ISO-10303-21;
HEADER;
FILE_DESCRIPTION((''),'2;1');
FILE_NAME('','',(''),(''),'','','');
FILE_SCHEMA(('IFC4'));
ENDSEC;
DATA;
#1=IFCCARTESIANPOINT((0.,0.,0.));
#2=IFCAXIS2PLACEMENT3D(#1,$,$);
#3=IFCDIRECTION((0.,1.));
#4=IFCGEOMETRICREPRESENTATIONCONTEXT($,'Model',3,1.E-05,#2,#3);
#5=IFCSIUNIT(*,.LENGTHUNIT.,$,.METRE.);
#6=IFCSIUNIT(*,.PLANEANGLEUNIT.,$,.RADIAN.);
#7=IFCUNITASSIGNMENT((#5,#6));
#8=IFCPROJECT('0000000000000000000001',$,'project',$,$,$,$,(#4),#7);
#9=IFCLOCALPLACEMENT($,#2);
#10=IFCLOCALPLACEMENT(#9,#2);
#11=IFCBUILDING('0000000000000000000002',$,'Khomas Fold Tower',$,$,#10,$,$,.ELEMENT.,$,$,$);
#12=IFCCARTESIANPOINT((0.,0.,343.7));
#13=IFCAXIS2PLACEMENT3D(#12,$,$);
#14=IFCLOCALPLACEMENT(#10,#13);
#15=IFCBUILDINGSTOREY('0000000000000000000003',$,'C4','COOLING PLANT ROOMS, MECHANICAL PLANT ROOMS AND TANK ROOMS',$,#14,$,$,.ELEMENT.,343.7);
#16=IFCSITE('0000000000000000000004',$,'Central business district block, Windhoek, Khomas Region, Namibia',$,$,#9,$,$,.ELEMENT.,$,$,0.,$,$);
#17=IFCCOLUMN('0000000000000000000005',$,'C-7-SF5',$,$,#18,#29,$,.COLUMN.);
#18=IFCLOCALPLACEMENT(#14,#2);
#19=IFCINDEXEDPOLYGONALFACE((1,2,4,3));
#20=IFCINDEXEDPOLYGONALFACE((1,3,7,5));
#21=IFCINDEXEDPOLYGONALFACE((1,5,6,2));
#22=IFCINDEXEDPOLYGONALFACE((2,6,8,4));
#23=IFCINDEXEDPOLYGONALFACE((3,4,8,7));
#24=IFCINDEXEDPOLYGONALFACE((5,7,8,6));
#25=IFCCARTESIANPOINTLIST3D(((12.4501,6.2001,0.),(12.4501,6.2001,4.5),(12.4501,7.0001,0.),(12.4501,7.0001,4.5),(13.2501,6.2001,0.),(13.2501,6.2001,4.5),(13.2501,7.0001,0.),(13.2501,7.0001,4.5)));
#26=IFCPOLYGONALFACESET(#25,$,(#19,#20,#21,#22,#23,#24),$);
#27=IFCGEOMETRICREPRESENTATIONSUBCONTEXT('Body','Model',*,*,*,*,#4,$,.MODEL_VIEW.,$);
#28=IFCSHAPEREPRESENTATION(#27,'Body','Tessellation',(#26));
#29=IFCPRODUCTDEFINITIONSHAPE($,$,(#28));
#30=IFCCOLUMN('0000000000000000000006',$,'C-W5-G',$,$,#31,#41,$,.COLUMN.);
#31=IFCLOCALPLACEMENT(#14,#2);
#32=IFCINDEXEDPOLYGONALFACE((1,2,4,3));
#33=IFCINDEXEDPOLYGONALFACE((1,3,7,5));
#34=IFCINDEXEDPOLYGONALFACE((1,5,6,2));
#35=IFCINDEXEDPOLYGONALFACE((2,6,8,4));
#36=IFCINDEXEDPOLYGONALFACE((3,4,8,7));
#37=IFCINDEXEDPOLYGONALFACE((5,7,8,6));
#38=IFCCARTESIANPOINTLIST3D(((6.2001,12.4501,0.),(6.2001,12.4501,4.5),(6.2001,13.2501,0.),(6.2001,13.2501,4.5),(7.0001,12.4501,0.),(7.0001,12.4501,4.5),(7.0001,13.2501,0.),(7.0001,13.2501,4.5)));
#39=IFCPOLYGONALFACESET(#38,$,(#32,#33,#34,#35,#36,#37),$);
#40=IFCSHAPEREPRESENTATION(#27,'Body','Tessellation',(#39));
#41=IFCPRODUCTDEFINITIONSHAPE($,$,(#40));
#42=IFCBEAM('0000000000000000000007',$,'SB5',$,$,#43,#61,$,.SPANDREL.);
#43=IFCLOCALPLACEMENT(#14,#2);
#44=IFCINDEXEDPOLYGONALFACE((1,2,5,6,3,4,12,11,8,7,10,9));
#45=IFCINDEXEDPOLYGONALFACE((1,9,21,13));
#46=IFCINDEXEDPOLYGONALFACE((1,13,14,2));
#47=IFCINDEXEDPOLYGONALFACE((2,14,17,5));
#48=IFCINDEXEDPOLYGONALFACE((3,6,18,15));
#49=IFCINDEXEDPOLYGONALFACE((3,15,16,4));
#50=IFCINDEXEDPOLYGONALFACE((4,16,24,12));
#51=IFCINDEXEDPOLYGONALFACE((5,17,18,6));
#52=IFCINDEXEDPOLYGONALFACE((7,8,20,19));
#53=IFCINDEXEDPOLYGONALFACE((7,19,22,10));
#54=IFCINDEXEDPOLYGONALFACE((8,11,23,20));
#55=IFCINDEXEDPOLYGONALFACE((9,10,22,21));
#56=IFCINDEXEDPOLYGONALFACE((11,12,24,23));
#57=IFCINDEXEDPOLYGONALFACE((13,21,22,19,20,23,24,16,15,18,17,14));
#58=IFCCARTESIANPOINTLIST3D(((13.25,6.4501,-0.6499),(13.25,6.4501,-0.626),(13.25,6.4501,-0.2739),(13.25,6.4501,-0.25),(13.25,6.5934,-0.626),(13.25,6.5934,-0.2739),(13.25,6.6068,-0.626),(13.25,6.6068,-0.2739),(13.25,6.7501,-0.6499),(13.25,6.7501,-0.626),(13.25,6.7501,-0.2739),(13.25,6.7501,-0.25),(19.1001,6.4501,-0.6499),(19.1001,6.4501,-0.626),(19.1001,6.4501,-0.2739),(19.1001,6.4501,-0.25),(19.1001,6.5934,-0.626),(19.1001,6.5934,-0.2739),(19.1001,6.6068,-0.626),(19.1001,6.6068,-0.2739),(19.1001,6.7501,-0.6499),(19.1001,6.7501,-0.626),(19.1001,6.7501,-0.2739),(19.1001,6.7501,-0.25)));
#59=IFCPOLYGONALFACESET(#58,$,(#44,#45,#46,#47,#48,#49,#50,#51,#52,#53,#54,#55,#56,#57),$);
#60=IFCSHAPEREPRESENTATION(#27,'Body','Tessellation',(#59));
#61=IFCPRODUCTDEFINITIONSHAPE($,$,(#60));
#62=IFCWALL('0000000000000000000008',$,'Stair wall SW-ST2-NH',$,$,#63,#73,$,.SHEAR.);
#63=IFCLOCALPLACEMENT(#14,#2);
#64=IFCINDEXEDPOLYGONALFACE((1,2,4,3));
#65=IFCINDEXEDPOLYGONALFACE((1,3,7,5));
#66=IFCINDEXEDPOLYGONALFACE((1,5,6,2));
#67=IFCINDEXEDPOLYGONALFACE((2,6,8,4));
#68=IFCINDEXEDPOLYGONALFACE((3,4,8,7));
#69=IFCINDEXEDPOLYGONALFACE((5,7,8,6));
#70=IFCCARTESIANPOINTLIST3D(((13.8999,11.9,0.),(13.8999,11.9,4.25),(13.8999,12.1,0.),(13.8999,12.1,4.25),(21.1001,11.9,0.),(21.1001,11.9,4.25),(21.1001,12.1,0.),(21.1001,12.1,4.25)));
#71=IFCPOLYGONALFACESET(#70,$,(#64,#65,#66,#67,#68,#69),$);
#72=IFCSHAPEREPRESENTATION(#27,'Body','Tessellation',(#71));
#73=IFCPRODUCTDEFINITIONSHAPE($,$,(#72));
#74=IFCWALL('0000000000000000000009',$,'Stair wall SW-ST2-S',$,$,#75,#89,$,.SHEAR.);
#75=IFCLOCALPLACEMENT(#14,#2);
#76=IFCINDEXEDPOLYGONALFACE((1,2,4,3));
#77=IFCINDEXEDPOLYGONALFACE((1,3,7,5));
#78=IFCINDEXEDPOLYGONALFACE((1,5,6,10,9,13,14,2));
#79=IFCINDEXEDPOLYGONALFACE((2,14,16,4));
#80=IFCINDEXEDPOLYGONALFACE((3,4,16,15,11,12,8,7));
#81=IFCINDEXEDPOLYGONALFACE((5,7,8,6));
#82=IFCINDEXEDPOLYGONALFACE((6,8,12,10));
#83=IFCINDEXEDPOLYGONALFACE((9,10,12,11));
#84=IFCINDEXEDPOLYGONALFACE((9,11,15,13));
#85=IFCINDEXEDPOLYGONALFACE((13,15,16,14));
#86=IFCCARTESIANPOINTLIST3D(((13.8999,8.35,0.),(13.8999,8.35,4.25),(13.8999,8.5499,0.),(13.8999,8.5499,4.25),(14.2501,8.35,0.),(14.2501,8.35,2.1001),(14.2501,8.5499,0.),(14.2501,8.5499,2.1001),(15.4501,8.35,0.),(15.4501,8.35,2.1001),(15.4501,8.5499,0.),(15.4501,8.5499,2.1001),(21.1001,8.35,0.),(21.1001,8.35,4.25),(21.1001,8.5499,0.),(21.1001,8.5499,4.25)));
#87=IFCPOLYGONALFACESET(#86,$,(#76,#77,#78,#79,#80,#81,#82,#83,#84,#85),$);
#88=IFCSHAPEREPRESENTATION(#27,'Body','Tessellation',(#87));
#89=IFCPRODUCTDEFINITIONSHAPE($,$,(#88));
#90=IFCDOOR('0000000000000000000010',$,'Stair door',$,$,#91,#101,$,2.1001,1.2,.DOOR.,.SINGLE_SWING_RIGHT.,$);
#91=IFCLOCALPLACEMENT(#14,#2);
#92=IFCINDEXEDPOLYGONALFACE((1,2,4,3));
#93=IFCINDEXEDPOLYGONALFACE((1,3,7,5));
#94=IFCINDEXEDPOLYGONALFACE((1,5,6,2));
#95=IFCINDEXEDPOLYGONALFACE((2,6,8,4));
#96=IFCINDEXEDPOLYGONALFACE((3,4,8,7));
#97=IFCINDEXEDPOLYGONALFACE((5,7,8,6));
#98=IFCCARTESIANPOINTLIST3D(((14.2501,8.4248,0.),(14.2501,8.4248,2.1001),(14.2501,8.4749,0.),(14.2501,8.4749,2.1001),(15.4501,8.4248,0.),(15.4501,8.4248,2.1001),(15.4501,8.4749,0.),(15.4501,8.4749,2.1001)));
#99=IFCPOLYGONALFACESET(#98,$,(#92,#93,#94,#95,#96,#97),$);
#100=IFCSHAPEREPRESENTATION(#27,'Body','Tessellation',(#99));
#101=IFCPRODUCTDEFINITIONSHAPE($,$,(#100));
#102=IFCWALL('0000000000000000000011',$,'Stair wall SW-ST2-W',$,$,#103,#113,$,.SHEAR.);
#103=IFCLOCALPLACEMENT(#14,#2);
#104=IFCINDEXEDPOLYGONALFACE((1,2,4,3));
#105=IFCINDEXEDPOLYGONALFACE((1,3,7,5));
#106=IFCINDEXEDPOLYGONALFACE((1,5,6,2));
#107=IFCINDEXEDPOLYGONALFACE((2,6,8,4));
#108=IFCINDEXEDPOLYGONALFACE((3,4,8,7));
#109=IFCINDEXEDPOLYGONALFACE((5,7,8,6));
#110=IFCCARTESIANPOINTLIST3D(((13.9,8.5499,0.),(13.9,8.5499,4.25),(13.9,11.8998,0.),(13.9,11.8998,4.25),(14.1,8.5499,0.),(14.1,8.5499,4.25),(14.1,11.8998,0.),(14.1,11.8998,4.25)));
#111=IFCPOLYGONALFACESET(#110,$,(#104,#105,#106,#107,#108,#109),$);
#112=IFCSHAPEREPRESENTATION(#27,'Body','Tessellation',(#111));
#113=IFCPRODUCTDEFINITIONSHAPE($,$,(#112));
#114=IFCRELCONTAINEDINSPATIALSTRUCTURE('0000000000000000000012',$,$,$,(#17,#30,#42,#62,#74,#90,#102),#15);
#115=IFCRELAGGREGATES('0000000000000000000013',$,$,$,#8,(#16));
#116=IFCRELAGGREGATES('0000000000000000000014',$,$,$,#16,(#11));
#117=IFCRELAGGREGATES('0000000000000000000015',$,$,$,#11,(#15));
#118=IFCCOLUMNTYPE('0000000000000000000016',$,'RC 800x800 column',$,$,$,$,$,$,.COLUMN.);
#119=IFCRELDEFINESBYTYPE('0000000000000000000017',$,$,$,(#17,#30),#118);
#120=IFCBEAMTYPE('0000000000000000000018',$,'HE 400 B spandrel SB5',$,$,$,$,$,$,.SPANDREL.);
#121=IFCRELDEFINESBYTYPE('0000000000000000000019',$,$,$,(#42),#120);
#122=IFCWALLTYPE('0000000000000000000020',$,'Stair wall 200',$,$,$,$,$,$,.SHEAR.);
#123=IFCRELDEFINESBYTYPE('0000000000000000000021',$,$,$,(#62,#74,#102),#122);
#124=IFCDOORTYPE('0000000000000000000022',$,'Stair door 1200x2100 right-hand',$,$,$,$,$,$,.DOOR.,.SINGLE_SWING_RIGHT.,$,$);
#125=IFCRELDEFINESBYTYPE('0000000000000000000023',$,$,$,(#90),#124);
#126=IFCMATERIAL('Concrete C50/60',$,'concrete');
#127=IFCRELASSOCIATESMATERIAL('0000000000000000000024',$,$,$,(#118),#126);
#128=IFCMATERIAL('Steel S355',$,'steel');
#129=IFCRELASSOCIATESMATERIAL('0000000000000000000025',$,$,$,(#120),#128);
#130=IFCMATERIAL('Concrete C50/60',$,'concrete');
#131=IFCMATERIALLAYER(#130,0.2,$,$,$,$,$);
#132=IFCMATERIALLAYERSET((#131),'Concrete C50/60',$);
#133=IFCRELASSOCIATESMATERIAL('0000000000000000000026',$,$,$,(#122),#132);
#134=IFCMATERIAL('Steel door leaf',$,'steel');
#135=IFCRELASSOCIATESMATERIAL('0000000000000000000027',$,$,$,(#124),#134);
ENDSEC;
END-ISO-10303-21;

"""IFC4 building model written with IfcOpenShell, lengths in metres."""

from ifc_helpers import new_model, si_unit, direction, frame, frame_2d, origin, origin_2d, place, context, subcontext, project, spatial, rectangle, i_section, extrude, source, transform, mapped, material, layer, layer_set, material_profile, profile_set, type_object, element, fill, save


model = new_model("IFC4")

# Units and contexts
model_context = context("Model", 3, precision=1e-05, world=origin(), true_north=direction((0.0, 1.0)))
body_context = subcontext(model_context, "Body", "Model", "MODEL_VIEW")
ifc_project = project(units=[si_unit("LENGTHUNIT", "METRE"), si_unit("PLANEANGLEUNIT", "RADIAN")], contexts=[model_context])

# Site, building, storey
site_placement = place(None, origin())
site = spatial("IfcSite", under=ifc_project, at=site_placement, Name="Central business district block, Windhoek, Khomas Region, Namibia", CompositionType="ELEMENT", RefElevation=0.0)
building_placement = place(site_placement, origin())
building = spatial("IfcBuilding", under=site, at=building_placement, Name="Khomas Fold Tower", CompositionType="ELEMENT")
storey_placement = place(building_placement, frame((0.0, 0.0, 343.7)))
storey = spatial("IfcBuildingStorey", under=building, at=storey_placement, Name="C4", Description="COOLING PLANT ROOMS, MECHANICAL PLANT ROOMS AND TANK ROOMS", CompositionType="ELEMENT", Elevation=343.7)

# Columns
ifc_material_1 = material(Name="Concrete C50/60", Category="concrete")
ifc_material_profile_1 = material_profile(ifc_material_1, rectangle(XDim=0.8, YDim=0.8, at=origin_2d()), Name="RC 800x800")
ifc_profile_set_1 = profile_set([ifc_material_profile_1], Name="Concrete C50/60")
column_type = type_object("IfcColumnType", Name="RC 800x800 column", PredefinedType="COLUMN", material=ifc_profile_set_1)
shared_shape_1 = source(origin(), body_context, "Body", "SweptSolid", [
    extrude(rectangle(XDim=0.8, YDim=0.8, at=origin_2d()), origin(), (0.0, 0.0, 1.0), 4.5),
])
for number, where, z_axis, x_axis, name in (
    (1, (12.8501, 6.6001, 0.0), (0.0, 0.0, 1.0), (1.0, 0.0, 0.0), "C-7-SF5"),
    (2, (6.6001, 12.8501, 0.0), (0.0, 0.0, 1.0), (1.0, 0.0, 0.0), "C-W5-G"),
):
    element("IfcColumn", number, at=place(storey_placement, frame(where, z_axis=z_axis, x_axis=x_axis)), inside=storey, type_object=column_type, Name=name, PredefinedType="COLUMN", context=body_context, shape_type="MappedRepresentation", body=[
        mapped(shared_shape_1, transform((0.0, 0.0, 0.0))),
    ])

# Beam
ifc_material_2 = material(Name="Steel S355", Category="steel")
ifc_material_profile_2 = material_profile(ifc_material_2, i_section(OverallWidth=0.3, OverallDepth=0.3999, WebThickness=0.0134, FlangeThickness=0.0239, at=origin_2d()), Name="HE 400 B")
ifc_profile_set_2 = profile_set([ifc_material_profile_2], Name="Steel S355")
beam_type = type_object("IfcBeamType", Name="HE 400 B spandrel SB5", PredefinedType="SPANDREL", material=ifc_profile_set_2)
shared_shape_2 = source(origin(), body_context, "Body", "SweptSolid", [
    extrude(i_section(OverallWidth=0.3, OverallDepth=0.3999, WebThickness=0.0134, FlangeThickness=0.0239, at=origin_2d()), origin(), (0.0, 0.0, 1.0), 5.8501),
])
beam_placement = place(storey_placement, frame((13.25, 6.6001, -0.45), z_axis=(1.0, 0.0, 0.0), x_axis=(0.0, 1.0, 0.0)))
element("IfcBeam", 3, at=beam_placement, inside=storey, type_object=beam_type, Name="SB5", PredefinedType="SPANDREL", context=body_context, shape_type="MappedRepresentation", body=[
    mapped(shared_shape_2, transform((0.0, 0.0, 0.0))),
])

# Wall
ifc_material_3 = material(Name="Concrete C50/60", Category="concrete")
ifc_layer_1 = layer(ifc_material_3, 0.2)
ifc_layer_set_1 = layer_set([ifc_layer_1], Name="Concrete C50/60")
wall_type_1 = type_object("IfcWallType", Name="Stair wall 200", PredefinedType="SHEAR", material=ifc_layer_set_1)
shared_shape_3 = source(origin(), body_context, "Body", "SweptSolid", [
    extrude(rectangle(XDim=7.2002, YDim=0.2, at=frame_2d((3.6001, 0.0))), origin(), (0.0, 0.0, 1.0), 4.25),
])
wall_1_placement = place(storey_placement, frame((13.8999, 12.0, 0.0), z_axis=(0.0, 0.0, 1.0), x_axis=(1.0, 0.0, 0.0)))
element("IfcWall", 4, at=wall_1_placement, inside=storey, type_object=wall_type_1, Name="Stair wall SW-ST2-NH", PredefinedType="SHEAR", context=body_context, shape_type="MappedRepresentation", body=[
    mapped(shared_shape_3, transform((0.0, 0.0, 0.0))),
])

# Wall, opening, door
wall_2_placement = place(storey_placement, frame((13.8999, 8.45, 0.0), z_axis=(0.0, 0.0, 1.0), x_axis=(1.0, 0.0, 0.0)))
wall_2 = element("IfcWall", 5, at=wall_2_placement, inside=storey, type_object=wall_type_1, Name="Stair wall SW-ST2-S", PredefinedType="SHEAR", context=body_context, shape_type="MappedRepresentation", body=[
    mapped(shared_shape_3, transform((0.0, 0.0, 0.0))),
])
shared_shape_4 = source(origin(), body_context, "Body", "SweptSolid", [
    extrude(rectangle(XDim=1.2, YDim=2.1001, at=frame_2d((0.6001, 1.05))), frame((0.0, 0.1099, 0.0), z_axis=(0.0, -1.0, 0.0), x_axis=(1.0, 0.0, 0.0)), (0.0, 0.0, 1.0), 0.22),
])
opening_1_placement = place(wall_2_placement, frame((0.3501, 0.0, 0.0)))
opening_1 = element("IfcOpeningElement", 6, at=opening_1_placement, cuts=wall_2, PredefinedType="OPENING", context=body_context, shape_type="MappedRepresentation", body=[
    mapped(shared_shape_4, transform((0.0, 0.0, 0.0))),
])
ifc_material_4 = material(Name="Steel door leaf", Category="steel")
door_type = type_object("IfcDoorType", Name="Stair door 1200x2100 right-hand", OperationType="SINGLE_SWING_RIGHT", PredefinedType="DOOR", material=ifc_material_4)
shared_shape_5 = source(origin(), body_context, "Body", "SweptSolid", [
    extrude(rectangle(XDim=1.2, YDim=2.1001, at=frame_2d((0.6001, 1.05))), frame((0.0, 0.0249, 0.0), z_axis=(0.0, -1.0, 0.0), x_axis=(1.0, 0.0, 0.0)), (0.0, 0.0, 1.0), 0.05),
])
door_placement = place(opening_1_placement, origin())
door = element("IfcDoor", 7, at=door_placement, inside=storey, type_object=door_type, Name="Stair door", OperationType="SINGLE_SWING_RIGHT", OverallHeight=2.1001, OverallWidth=1.2, PredefinedType="DOOR", context=body_context, shape_type="MappedRepresentation", body=[
    mapped(shared_shape_5, transform((0.0, 0.0, 0.0))),
])
fill(opening_1, door)

# Wall
shared_shape_6 = source(origin(), body_context, "Body", "SweptSolid", [
    extrude(rectangle(XDim=3.3499, YDim=0.2, at=frame_2d((1.6748, 0.0))), origin(), (0.0, 0.0, 1.0), 4.25),
])
wall_3_placement = place(storey_placement, frame((14.0, 8.55, 0.0), z_axis=(0.0, 0.0, 1.0), x_axis=(0.0, 1.0, 0.0)))
element("IfcWall", 8, at=wall_3_placement, inside=storey, type_object=wall_type_1, Name="Stair wall SW-ST2-W", PredefinedType="SHEAR", context=body_context, shape_type="MappedRepresentation", body=[
    mapped(shared_shape_6, transform((0.0, 0.0, 0.0))),
])

save(model, "model.ifc")
